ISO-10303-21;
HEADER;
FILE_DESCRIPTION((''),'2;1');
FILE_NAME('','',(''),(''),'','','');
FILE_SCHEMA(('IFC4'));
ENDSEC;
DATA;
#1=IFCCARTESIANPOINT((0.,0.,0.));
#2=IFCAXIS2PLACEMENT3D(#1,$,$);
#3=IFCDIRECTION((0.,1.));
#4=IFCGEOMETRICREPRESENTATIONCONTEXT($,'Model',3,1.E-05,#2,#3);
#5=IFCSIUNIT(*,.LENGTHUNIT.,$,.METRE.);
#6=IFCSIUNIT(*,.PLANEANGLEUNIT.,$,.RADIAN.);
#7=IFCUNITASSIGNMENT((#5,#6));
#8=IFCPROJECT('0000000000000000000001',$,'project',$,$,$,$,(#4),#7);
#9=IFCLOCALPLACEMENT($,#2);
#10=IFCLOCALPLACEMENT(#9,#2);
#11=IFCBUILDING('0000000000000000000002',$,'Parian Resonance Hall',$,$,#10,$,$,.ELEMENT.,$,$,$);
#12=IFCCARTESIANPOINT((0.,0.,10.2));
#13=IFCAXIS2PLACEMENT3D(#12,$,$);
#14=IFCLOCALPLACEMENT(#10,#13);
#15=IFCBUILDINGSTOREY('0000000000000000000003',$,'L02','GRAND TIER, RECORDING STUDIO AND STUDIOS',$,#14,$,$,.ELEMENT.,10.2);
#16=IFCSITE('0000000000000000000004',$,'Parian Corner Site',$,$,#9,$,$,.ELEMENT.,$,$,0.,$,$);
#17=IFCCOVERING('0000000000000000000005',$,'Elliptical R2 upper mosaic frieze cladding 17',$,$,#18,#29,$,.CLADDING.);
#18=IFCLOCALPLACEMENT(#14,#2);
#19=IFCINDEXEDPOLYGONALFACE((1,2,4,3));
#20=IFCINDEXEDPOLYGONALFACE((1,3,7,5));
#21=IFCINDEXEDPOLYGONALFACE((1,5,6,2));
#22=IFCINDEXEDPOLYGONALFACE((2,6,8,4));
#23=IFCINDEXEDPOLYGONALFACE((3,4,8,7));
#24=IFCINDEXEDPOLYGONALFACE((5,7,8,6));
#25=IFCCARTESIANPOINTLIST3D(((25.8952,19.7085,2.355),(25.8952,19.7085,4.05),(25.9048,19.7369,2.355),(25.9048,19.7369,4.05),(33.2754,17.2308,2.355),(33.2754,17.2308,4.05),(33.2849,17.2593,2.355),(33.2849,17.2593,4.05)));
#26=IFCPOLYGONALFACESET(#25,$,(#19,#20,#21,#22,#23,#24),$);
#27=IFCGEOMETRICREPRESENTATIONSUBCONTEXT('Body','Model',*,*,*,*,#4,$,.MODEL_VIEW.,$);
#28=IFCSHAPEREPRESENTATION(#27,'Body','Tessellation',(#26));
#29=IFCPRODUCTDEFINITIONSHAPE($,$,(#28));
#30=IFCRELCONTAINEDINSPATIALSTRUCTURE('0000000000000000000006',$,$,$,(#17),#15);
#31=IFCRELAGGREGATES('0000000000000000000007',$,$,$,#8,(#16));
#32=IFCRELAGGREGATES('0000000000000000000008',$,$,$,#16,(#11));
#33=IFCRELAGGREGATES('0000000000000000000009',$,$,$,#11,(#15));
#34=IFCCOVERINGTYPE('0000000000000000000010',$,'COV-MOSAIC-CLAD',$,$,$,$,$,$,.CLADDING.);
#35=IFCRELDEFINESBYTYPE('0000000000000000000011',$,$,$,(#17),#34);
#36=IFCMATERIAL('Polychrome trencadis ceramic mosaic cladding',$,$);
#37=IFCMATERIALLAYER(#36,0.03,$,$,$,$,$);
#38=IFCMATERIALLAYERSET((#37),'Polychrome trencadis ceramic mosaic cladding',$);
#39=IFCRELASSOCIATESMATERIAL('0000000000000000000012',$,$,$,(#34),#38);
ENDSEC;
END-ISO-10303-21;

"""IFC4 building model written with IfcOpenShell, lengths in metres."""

from ifc_helpers import new_model, si_unit, direction, frame, origin, origin_2d, place, context, subcontext, project, spatial, rectangle, extrude, material, layer, layer_set, type_object, element, save


model = new_model("IFC4")

# Units and contexts
model_context = context("Model", 3, precision=1e-05, world=origin(), true_north=direction((0.0, 1.0)))
body_context = subcontext(model_context, "Body", "Model", "MODEL_VIEW")
ifc_project = project(units=[si_unit("LENGTHUNIT", "METRE"), si_unit("PLANEANGLEUNIT", "RADIAN")], contexts=[model_context])

# Site, building, storey
site_placement = place(None, origin())
site = spatial("IfcSite", under=ifc_project, at=site_placement, Name="Parian Corner Site", CompositionType="ELEMENT", RefElevation=0.0)
building_placement = place(site_placement, origin())
building = spatial("IfcBuilding", under=site, at=building_placement, Name="Parian Resonance Hall", CompositionType="ELEMENT")
storey_placement = place(building_placement, frame((0.0, 0.0, 10.2)))
storey = spatial("IfcBuildingStorey", under=building, at=storey_placement, Name="L02", Description="GRAND TIER, RECORDING STUDIO AND STUDIOS", CompositionType="ELEMENT", Elevation=10.2)

# Covering
ifc_material_1 = material(Name="Polychrome trencadis ceramic mosaic cladding")
ifc_layer_1 = layer(ifc_material_1, 0.03)
ifc_layer_set_1 = layer_set([ifc_layer_1], Name="Polychrome trencadis ceramic mosaic cladding")
covering_type = type_object("IfcCoveringType", Name="COV-MOSAIC-CLAD", PredefinedType="CLADDING", material=ifc_layer_set_1)
covering_1_placement = place(storey_placement, frame((29.5901, 18.4839, 2.355), z_axis=(0.0, 0.0, 1.0), x_axis=(-0.948004, 0.318258, 0.0)))
element("IfcCovering", 1, at=covering_1_placement, inside=storey, type_object=covering_type, Name="Elliptical R2 upper mosaic frieze cladding 17", PredefinedType="CLADDING", context=body_context, shape_type="SweptSolid", body=[
    extrude(rectangle(XDim=7.7849, YDim=0.03, at=origin_2d()), origin(), (0.0, 0.0, 1.0), 1.6951),
])

save(model, "model.ifc")
